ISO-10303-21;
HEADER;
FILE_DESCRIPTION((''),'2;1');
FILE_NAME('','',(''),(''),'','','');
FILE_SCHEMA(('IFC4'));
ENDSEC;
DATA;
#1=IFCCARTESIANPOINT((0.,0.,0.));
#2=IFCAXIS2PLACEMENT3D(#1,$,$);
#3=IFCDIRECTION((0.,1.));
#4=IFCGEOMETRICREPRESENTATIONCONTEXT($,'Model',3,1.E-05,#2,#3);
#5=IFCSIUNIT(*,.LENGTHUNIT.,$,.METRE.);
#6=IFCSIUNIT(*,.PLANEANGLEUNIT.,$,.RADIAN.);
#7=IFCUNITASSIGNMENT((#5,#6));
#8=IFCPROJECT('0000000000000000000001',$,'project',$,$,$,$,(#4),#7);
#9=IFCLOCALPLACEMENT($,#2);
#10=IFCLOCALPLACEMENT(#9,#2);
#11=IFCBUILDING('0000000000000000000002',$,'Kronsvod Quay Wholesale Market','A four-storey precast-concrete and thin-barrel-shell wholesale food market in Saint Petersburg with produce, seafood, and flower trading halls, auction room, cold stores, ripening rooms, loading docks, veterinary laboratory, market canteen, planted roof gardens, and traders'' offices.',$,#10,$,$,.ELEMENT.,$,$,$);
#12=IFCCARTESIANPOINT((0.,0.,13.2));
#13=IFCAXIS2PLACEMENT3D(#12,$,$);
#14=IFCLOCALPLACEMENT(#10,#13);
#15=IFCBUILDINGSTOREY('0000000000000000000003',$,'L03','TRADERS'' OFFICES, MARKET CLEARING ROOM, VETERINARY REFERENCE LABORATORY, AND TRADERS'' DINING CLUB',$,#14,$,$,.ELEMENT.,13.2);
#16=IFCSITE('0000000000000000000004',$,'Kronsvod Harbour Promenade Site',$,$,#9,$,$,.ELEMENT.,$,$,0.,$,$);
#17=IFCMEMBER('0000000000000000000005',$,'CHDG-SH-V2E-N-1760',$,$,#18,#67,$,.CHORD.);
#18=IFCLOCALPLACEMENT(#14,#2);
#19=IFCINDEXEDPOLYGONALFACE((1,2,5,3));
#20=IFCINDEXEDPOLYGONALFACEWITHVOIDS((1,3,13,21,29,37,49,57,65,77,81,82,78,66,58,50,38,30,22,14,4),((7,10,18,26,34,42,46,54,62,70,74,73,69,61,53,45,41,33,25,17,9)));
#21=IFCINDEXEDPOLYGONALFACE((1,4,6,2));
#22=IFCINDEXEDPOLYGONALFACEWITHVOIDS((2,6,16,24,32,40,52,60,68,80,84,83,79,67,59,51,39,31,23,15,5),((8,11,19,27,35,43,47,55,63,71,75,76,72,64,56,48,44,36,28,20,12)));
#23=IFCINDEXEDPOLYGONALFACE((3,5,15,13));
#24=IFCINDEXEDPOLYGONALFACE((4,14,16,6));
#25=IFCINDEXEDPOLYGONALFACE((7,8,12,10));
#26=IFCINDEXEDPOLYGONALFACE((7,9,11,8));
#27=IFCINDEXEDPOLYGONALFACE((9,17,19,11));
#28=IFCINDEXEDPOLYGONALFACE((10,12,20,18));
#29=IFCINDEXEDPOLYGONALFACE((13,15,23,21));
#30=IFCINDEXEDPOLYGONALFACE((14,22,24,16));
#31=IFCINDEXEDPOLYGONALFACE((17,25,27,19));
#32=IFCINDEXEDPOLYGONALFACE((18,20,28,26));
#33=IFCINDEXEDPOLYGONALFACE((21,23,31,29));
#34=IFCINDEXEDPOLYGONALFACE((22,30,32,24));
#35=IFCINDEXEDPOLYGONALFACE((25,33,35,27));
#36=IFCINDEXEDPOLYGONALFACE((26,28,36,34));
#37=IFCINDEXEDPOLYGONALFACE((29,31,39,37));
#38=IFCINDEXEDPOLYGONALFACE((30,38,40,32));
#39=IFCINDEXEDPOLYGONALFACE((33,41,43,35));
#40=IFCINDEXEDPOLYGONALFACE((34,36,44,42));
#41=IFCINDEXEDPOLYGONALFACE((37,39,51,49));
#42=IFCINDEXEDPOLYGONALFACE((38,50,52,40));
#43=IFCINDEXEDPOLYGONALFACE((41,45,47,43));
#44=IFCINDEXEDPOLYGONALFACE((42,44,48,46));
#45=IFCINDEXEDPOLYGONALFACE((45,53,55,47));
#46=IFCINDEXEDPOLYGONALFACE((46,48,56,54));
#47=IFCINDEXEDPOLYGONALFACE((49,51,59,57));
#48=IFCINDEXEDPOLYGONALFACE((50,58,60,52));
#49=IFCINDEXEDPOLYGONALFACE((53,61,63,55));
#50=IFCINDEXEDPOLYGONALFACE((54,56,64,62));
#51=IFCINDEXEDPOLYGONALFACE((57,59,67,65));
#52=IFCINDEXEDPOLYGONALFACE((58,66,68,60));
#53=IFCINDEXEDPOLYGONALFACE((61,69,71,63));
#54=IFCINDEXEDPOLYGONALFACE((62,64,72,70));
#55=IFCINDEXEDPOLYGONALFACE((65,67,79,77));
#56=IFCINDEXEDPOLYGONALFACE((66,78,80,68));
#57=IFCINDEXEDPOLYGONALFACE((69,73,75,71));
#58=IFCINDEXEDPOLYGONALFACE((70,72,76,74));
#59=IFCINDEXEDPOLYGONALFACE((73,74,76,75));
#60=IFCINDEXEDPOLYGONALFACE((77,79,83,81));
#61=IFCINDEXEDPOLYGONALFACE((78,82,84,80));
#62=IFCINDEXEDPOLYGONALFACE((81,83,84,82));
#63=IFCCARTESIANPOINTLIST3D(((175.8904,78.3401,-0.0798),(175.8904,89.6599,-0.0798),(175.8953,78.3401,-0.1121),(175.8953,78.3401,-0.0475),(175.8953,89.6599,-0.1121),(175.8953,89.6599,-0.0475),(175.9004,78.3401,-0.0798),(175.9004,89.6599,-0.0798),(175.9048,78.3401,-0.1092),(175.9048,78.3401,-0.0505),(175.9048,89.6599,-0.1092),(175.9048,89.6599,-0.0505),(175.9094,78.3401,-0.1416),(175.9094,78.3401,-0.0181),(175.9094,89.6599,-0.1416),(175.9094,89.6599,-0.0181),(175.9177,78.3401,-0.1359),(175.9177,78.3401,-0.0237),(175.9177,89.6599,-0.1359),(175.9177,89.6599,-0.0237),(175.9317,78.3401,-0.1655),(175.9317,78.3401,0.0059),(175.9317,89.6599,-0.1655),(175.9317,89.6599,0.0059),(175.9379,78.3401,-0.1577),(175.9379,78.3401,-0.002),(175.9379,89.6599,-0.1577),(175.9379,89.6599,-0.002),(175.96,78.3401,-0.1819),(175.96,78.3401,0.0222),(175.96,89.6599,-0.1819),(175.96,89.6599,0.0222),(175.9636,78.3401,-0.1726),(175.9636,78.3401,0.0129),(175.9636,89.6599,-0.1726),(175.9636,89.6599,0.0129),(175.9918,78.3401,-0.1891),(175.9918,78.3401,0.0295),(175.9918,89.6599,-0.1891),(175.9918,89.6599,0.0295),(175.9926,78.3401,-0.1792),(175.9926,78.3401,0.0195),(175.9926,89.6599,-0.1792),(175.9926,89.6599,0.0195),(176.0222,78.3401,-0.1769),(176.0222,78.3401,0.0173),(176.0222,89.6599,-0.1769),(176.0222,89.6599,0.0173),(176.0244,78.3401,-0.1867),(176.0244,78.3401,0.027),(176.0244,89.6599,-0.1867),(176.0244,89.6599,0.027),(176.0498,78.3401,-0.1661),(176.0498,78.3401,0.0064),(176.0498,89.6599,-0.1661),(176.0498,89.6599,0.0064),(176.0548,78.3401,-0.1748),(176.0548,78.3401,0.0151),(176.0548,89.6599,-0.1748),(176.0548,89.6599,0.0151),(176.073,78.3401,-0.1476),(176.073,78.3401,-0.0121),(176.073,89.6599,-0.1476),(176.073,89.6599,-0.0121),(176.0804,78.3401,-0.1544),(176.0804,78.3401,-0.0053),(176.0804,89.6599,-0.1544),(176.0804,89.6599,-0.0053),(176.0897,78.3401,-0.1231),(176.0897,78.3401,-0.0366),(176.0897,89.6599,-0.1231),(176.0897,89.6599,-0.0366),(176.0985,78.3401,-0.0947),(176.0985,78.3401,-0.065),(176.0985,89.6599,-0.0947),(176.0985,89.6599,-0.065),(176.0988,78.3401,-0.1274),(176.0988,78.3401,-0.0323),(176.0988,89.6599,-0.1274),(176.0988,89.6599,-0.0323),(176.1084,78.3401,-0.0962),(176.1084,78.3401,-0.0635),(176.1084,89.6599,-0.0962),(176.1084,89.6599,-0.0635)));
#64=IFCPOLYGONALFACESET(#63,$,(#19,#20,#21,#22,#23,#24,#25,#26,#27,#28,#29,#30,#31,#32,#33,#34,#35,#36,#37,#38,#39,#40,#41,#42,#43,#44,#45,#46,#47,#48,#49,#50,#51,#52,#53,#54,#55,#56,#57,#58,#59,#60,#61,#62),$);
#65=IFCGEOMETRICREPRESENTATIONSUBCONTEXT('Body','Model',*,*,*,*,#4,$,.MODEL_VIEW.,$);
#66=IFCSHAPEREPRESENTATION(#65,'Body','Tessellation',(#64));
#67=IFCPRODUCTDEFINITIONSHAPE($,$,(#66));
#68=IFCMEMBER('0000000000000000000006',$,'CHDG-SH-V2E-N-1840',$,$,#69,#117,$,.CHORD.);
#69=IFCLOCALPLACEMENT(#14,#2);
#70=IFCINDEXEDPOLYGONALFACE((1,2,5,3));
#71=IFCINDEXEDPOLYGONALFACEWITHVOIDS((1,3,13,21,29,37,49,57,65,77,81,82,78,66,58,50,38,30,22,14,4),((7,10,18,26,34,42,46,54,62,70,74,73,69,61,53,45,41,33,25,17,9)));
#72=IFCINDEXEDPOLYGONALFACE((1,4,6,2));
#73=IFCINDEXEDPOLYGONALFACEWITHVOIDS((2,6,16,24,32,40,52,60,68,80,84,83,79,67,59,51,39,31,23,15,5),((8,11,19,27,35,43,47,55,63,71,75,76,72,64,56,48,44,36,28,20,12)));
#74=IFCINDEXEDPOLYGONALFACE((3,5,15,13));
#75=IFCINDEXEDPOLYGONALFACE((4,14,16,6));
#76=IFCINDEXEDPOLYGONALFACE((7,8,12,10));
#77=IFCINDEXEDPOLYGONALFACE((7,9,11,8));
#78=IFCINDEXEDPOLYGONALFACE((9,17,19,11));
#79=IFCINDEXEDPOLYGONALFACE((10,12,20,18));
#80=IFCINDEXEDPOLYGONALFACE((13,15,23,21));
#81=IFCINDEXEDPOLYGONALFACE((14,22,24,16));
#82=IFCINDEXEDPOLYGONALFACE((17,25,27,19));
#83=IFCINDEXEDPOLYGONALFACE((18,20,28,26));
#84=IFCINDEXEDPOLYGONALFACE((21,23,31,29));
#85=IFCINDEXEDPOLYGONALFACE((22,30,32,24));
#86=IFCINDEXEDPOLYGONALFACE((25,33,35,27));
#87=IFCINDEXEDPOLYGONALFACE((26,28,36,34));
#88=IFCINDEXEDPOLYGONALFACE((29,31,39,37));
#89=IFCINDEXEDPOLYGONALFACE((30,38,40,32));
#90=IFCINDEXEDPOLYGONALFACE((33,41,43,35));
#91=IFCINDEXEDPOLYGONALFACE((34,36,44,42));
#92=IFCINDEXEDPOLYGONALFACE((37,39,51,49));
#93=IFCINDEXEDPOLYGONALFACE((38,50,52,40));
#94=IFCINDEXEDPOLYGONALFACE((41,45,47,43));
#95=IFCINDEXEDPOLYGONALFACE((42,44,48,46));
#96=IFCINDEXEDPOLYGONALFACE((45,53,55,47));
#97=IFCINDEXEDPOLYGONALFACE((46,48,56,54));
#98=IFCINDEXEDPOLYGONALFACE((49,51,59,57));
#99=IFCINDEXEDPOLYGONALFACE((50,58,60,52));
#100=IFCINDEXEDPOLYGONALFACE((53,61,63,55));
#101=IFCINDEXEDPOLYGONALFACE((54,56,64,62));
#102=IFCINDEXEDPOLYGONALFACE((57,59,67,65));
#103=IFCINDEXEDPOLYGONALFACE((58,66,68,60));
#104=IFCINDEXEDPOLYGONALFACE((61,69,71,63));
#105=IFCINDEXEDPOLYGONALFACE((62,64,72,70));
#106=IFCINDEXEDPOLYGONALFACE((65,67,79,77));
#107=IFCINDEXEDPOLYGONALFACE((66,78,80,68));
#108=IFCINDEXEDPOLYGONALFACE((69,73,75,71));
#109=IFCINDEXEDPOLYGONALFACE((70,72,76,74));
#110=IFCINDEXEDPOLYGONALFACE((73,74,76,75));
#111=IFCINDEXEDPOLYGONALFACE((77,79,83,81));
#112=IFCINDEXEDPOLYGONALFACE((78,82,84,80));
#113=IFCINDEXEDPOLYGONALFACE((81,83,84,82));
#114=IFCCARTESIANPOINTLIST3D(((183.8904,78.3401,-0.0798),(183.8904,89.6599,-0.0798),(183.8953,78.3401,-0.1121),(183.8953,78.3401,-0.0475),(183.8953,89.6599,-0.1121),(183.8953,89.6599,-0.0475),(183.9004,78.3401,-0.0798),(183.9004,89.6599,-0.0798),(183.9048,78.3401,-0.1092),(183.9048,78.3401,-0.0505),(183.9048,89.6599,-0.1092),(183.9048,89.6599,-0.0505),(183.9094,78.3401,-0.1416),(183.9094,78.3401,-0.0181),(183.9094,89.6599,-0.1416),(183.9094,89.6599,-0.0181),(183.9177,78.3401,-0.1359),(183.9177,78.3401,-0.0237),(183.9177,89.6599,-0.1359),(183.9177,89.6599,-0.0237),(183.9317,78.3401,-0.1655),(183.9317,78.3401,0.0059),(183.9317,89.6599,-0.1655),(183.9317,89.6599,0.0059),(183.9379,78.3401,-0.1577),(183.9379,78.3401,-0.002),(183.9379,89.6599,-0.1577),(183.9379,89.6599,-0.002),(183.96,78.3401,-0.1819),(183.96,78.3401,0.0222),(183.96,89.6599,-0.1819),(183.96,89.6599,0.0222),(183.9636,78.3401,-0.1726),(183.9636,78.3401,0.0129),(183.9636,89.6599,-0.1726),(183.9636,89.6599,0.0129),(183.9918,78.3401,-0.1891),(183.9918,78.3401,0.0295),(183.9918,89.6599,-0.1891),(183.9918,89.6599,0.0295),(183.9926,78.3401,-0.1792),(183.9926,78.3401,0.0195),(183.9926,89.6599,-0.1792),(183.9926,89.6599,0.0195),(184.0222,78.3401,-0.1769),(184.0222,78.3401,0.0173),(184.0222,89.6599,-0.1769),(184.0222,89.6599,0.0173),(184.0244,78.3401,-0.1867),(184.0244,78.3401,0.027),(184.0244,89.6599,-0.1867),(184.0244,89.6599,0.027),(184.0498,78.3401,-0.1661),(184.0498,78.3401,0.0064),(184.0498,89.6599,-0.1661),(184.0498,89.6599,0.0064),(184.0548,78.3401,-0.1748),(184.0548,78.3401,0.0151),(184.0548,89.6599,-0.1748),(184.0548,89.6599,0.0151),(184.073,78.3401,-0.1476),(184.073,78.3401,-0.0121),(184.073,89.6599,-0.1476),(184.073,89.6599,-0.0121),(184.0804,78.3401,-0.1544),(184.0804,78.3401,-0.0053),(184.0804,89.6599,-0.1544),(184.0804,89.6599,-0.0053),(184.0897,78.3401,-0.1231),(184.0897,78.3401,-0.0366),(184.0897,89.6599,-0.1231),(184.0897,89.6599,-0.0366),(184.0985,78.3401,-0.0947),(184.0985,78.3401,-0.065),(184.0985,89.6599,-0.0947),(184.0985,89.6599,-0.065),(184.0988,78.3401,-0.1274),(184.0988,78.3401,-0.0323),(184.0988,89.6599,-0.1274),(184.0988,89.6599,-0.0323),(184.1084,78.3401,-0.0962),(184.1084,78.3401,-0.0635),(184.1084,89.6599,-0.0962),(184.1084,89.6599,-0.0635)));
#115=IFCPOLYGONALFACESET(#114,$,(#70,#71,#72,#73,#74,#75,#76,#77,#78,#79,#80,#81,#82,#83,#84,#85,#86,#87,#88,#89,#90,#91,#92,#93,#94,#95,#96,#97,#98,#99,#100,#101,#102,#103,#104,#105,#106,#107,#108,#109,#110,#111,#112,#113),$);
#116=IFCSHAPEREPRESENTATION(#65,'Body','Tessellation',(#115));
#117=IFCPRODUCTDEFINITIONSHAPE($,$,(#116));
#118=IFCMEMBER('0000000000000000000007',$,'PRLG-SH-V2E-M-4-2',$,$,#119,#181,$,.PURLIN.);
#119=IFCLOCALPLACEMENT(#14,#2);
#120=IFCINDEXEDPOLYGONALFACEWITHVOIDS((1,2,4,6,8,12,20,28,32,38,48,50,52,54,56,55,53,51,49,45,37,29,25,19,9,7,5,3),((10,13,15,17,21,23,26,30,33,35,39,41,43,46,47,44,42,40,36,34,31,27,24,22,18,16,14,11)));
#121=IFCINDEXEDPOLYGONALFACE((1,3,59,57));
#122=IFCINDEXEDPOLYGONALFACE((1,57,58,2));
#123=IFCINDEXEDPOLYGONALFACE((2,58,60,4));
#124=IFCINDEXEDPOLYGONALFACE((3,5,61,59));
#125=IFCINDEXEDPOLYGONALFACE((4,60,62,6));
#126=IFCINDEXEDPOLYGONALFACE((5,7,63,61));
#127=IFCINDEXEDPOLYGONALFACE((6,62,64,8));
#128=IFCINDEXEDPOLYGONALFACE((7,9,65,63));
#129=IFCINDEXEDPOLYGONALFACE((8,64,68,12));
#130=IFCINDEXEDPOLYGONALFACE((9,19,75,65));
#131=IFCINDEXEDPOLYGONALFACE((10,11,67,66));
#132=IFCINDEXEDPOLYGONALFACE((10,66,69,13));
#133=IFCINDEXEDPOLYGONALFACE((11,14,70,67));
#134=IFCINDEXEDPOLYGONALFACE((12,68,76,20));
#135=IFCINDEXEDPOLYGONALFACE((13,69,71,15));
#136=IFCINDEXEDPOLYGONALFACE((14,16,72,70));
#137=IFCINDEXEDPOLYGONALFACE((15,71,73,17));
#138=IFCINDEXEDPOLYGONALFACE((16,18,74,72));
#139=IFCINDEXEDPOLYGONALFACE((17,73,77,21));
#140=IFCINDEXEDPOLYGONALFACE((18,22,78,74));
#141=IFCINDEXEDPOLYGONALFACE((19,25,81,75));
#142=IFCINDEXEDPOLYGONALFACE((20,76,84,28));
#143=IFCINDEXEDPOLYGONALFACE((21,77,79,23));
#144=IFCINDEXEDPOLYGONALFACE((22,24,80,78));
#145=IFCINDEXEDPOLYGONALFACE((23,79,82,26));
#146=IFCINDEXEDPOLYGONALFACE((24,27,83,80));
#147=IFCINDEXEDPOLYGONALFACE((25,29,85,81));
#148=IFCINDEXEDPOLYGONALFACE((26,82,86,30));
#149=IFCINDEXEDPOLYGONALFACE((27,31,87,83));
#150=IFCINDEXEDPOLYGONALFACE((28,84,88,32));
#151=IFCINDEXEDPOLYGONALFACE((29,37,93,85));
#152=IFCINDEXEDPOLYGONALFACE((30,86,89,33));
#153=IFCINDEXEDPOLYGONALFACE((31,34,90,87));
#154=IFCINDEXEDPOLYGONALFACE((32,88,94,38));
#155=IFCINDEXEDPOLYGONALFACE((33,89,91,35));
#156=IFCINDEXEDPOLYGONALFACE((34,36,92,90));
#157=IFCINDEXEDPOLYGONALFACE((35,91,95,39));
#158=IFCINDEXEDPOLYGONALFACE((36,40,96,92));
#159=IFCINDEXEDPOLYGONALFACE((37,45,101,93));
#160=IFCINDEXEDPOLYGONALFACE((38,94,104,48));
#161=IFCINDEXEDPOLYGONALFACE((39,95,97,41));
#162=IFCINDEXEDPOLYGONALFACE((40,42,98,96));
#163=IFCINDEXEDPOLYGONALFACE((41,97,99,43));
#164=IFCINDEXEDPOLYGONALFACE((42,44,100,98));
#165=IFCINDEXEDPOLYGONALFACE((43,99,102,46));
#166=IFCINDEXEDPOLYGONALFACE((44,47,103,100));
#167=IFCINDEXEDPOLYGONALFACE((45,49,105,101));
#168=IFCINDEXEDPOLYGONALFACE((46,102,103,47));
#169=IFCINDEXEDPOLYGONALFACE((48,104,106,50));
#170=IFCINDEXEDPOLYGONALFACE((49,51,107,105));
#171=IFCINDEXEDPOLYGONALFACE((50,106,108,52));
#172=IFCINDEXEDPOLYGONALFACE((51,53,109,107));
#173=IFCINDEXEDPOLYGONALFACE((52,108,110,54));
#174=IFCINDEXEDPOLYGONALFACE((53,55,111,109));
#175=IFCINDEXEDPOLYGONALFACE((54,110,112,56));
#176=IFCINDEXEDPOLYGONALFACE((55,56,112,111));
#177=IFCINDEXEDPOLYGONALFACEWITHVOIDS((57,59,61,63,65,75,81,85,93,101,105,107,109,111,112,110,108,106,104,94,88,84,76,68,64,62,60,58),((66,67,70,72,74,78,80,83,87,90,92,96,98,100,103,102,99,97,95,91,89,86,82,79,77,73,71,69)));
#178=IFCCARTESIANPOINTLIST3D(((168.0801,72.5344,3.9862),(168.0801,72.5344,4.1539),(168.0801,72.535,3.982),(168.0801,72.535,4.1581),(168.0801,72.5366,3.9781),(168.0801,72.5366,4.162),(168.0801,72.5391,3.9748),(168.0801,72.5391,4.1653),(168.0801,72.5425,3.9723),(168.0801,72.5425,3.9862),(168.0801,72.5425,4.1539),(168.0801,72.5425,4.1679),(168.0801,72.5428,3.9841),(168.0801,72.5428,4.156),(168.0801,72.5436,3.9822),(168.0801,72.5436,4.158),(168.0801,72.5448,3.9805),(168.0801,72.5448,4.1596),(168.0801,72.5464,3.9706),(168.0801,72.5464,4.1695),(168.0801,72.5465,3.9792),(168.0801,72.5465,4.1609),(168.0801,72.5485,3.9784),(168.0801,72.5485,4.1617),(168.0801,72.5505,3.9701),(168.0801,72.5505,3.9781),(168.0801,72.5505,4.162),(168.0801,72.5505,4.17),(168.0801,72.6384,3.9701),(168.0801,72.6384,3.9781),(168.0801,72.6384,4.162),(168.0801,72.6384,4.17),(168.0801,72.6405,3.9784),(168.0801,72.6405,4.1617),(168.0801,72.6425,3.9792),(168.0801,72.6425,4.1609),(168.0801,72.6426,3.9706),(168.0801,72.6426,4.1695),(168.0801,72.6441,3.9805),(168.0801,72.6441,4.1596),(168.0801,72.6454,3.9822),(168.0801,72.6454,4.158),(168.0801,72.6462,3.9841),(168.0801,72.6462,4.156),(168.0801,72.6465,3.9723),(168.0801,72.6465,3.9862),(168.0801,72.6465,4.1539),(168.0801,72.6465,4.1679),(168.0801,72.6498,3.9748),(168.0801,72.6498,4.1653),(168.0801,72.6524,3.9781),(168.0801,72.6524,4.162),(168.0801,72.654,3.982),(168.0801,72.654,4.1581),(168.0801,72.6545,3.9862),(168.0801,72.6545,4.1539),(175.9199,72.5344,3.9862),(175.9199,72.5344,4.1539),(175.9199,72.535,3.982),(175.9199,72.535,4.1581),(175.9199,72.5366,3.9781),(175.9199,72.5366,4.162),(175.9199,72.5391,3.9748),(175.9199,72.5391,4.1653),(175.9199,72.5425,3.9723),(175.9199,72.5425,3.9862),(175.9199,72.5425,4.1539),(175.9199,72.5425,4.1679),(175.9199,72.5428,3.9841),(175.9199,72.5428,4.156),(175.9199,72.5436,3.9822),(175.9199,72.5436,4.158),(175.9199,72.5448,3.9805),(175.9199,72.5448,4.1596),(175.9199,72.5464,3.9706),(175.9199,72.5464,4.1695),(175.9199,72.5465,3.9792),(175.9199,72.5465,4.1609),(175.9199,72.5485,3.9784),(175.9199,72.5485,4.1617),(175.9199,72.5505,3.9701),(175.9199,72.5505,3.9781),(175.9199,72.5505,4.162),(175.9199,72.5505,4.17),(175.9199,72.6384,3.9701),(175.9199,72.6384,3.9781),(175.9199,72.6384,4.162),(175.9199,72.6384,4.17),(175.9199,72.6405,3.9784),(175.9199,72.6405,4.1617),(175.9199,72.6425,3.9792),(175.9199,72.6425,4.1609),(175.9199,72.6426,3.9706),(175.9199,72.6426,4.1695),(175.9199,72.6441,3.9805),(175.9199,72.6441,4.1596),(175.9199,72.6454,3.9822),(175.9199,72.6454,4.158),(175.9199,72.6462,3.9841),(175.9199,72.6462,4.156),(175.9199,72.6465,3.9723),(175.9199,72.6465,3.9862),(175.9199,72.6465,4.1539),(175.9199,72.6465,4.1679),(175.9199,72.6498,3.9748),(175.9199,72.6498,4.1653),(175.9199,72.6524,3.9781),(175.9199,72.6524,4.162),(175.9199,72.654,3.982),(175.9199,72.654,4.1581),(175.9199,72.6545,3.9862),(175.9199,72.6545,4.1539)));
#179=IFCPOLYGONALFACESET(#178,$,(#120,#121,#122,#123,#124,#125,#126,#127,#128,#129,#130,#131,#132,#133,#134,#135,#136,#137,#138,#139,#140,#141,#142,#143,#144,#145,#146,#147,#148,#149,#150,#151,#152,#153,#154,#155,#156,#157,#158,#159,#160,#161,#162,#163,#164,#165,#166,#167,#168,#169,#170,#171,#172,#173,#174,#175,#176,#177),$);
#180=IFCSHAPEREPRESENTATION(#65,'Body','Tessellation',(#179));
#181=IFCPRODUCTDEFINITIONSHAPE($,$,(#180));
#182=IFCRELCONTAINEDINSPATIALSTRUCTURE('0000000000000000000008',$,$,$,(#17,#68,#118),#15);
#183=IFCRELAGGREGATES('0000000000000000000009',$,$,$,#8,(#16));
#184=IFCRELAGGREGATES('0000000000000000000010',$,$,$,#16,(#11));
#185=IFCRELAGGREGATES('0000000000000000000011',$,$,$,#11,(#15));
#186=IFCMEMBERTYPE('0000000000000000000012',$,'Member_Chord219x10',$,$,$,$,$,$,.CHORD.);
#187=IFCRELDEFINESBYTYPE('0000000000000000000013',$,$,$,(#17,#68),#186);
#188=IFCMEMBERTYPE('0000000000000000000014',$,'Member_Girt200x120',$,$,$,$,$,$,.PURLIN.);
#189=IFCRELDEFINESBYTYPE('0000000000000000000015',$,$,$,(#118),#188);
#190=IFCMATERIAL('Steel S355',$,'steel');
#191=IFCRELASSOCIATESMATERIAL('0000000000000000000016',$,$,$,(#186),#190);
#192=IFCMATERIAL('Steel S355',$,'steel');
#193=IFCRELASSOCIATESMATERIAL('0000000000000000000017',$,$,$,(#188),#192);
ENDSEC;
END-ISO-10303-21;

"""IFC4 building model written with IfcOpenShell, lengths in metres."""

from ifc_helpers import new_model, si_unit, direction, frame, origin, origin_2d, place, context, subcontext, project, spatial, hollow_rectangle, hollow_circle, extrude, material, material_profile, profile_set, type_object, element, save


model = new_model("IFC4")

# Units and contexts
model_context = context("Model", 3, precision=1e-05, world=origin(), true_north=direction((0.0, 1.0)))
body_context = subcontext(model_context, "Body", "Model", "MODEL_VIEW")
ifc_project = project(units=[si_unit("LENGTHUNIT", "METRE"), si_unit("PLANEANGLEUNIT", "RADIAN")], contexts=[model_context])

# Site, building, storey
site_placement = place(None, origin())
site = spatial("IfcSite", under=ifc_project, at=site_placement, Name="Kronsvod Harbour Promenade Site", CompositionType="ELEMENT", RefElevation=0.0)
building_placement = place(site_placement, origin())
building = spatial("IfcBuilding", under=site, at=building_placement, Name="Kronsvod Quay Wholesale Market", Description="A four-storey precast-concrete and thin-barrel-shell wholesale food market in Saint Petersburg with produce, seafood, and flower trading halls, auction room, cold stores, ripening rooms, loading docks, veterinary laboratory, market canteen, planted roof gardens, and traders' offices.", CompositionType="ELEMENT")
storey_placement = place(building_placement, frame((0.0, 0.0, 13.2)))
storey = spatial("IfcBuildingStorey", under=building, at=storey_placement, Name="L03", Description="TRADERS' OFFICES, MARKET CLEARING ROOM, VETERINARY REFERENCE LABORATORY, AND TRADERS' DINING CLUB", CompositionType="ELEMENT", Elevation=13.2)

# Members
ifc_material_1 = material(Name="Steel S355", Category="steel")
ifc_material_profile_1 = material_profile(ifc_material_1, hollow_circle(Radius=0.1096, WallThickness=0.01, at=origin_2d()), Name="CHS219x10")
ifc_profile_set_1 = profile_set([ifc_material_profile_1], Name="Steel S355")
member_type_1 = type_object("IfcMemberType", Name="Member_Chord219x10", PredefinedType="CHORD", material=ifc_profile_set_1)
for number, where, z_axis, x_axis, name in (
    (1, (176.0, 78.3401, -0.0798), (0.0, 1.0, 0.0), (-1.0, 0.0, 0.0), "CHDG-SH-V2E-N-1760"),
    (2, (184.0, 78.3401, -0.0798), (0.0, 1.0, 0.0), (-1.0, 0.0, 0.0), "CHDG-SH-V2E-N-1840"),
):
    element("IfcMember", number, at=place(storey_placement, frame(where, z_axis=z_axis, x_axis=x_axis)), inside=storey, type_object=member_type_1, Name=name, PredefinedType="CHORD", context=body_context, shape_type="SweptSolid", body=[
        extrude(hollow_circle(Radius=0.1096, WallThickness=0.01, at=origin_2d()), origin(), (0.0, 0.0, 1.0), 11.3198),
    ])
ifc_material_2 = material(Name="Steel S355", Category="steel")
ifc_material_profile_2 = material_profile(ifc_material_2, hollow_rectangle(XDim=0.1201, YDim=0.2, WallThickness=0.0081, InnerFilletRadius=0.0081, OuterFilletRadius=0.0161, at=origin_2d()), Name="RHS200x120x8")
ifc_profile_set_2 = profile_set([ifc_material_profile_2], Name="Steel S355")
member_type_2 = type_object("IfcMemberType", Name="Member_Girt200x120", PredefinedType="PURLIN", material=ifc_profile_set_2)
for number, where, z_axis, x_axis, name in (
    (3, (168.0801, 72.5945, 4.0701), (1.0, 0.0, 0.0), (0.0, 1.0, 0.0), "PRLG-SH-V2E-M-4-2"),
):
    element("IfcMember", number, at=place(storey_placement, frame(where, z_axis=z_axis, x_axis=x_axis)), inside=storey, type_object=member_type_2, Name=name, PredefinedType="PURLIN", context=body_context, shape_type="SweptSolid", body=[
        extrude(hollow_rectangle(XDim=0.1201, YDim=0.2, WallThickness=0.0081, InnerFilletRadius=0.0081, OuterFilletRadius=0.0161, at=origin_2d()), origin(), (0.0, 0.0, 1.0), 7.8398),
    ])

save(model, "model.ifc")
